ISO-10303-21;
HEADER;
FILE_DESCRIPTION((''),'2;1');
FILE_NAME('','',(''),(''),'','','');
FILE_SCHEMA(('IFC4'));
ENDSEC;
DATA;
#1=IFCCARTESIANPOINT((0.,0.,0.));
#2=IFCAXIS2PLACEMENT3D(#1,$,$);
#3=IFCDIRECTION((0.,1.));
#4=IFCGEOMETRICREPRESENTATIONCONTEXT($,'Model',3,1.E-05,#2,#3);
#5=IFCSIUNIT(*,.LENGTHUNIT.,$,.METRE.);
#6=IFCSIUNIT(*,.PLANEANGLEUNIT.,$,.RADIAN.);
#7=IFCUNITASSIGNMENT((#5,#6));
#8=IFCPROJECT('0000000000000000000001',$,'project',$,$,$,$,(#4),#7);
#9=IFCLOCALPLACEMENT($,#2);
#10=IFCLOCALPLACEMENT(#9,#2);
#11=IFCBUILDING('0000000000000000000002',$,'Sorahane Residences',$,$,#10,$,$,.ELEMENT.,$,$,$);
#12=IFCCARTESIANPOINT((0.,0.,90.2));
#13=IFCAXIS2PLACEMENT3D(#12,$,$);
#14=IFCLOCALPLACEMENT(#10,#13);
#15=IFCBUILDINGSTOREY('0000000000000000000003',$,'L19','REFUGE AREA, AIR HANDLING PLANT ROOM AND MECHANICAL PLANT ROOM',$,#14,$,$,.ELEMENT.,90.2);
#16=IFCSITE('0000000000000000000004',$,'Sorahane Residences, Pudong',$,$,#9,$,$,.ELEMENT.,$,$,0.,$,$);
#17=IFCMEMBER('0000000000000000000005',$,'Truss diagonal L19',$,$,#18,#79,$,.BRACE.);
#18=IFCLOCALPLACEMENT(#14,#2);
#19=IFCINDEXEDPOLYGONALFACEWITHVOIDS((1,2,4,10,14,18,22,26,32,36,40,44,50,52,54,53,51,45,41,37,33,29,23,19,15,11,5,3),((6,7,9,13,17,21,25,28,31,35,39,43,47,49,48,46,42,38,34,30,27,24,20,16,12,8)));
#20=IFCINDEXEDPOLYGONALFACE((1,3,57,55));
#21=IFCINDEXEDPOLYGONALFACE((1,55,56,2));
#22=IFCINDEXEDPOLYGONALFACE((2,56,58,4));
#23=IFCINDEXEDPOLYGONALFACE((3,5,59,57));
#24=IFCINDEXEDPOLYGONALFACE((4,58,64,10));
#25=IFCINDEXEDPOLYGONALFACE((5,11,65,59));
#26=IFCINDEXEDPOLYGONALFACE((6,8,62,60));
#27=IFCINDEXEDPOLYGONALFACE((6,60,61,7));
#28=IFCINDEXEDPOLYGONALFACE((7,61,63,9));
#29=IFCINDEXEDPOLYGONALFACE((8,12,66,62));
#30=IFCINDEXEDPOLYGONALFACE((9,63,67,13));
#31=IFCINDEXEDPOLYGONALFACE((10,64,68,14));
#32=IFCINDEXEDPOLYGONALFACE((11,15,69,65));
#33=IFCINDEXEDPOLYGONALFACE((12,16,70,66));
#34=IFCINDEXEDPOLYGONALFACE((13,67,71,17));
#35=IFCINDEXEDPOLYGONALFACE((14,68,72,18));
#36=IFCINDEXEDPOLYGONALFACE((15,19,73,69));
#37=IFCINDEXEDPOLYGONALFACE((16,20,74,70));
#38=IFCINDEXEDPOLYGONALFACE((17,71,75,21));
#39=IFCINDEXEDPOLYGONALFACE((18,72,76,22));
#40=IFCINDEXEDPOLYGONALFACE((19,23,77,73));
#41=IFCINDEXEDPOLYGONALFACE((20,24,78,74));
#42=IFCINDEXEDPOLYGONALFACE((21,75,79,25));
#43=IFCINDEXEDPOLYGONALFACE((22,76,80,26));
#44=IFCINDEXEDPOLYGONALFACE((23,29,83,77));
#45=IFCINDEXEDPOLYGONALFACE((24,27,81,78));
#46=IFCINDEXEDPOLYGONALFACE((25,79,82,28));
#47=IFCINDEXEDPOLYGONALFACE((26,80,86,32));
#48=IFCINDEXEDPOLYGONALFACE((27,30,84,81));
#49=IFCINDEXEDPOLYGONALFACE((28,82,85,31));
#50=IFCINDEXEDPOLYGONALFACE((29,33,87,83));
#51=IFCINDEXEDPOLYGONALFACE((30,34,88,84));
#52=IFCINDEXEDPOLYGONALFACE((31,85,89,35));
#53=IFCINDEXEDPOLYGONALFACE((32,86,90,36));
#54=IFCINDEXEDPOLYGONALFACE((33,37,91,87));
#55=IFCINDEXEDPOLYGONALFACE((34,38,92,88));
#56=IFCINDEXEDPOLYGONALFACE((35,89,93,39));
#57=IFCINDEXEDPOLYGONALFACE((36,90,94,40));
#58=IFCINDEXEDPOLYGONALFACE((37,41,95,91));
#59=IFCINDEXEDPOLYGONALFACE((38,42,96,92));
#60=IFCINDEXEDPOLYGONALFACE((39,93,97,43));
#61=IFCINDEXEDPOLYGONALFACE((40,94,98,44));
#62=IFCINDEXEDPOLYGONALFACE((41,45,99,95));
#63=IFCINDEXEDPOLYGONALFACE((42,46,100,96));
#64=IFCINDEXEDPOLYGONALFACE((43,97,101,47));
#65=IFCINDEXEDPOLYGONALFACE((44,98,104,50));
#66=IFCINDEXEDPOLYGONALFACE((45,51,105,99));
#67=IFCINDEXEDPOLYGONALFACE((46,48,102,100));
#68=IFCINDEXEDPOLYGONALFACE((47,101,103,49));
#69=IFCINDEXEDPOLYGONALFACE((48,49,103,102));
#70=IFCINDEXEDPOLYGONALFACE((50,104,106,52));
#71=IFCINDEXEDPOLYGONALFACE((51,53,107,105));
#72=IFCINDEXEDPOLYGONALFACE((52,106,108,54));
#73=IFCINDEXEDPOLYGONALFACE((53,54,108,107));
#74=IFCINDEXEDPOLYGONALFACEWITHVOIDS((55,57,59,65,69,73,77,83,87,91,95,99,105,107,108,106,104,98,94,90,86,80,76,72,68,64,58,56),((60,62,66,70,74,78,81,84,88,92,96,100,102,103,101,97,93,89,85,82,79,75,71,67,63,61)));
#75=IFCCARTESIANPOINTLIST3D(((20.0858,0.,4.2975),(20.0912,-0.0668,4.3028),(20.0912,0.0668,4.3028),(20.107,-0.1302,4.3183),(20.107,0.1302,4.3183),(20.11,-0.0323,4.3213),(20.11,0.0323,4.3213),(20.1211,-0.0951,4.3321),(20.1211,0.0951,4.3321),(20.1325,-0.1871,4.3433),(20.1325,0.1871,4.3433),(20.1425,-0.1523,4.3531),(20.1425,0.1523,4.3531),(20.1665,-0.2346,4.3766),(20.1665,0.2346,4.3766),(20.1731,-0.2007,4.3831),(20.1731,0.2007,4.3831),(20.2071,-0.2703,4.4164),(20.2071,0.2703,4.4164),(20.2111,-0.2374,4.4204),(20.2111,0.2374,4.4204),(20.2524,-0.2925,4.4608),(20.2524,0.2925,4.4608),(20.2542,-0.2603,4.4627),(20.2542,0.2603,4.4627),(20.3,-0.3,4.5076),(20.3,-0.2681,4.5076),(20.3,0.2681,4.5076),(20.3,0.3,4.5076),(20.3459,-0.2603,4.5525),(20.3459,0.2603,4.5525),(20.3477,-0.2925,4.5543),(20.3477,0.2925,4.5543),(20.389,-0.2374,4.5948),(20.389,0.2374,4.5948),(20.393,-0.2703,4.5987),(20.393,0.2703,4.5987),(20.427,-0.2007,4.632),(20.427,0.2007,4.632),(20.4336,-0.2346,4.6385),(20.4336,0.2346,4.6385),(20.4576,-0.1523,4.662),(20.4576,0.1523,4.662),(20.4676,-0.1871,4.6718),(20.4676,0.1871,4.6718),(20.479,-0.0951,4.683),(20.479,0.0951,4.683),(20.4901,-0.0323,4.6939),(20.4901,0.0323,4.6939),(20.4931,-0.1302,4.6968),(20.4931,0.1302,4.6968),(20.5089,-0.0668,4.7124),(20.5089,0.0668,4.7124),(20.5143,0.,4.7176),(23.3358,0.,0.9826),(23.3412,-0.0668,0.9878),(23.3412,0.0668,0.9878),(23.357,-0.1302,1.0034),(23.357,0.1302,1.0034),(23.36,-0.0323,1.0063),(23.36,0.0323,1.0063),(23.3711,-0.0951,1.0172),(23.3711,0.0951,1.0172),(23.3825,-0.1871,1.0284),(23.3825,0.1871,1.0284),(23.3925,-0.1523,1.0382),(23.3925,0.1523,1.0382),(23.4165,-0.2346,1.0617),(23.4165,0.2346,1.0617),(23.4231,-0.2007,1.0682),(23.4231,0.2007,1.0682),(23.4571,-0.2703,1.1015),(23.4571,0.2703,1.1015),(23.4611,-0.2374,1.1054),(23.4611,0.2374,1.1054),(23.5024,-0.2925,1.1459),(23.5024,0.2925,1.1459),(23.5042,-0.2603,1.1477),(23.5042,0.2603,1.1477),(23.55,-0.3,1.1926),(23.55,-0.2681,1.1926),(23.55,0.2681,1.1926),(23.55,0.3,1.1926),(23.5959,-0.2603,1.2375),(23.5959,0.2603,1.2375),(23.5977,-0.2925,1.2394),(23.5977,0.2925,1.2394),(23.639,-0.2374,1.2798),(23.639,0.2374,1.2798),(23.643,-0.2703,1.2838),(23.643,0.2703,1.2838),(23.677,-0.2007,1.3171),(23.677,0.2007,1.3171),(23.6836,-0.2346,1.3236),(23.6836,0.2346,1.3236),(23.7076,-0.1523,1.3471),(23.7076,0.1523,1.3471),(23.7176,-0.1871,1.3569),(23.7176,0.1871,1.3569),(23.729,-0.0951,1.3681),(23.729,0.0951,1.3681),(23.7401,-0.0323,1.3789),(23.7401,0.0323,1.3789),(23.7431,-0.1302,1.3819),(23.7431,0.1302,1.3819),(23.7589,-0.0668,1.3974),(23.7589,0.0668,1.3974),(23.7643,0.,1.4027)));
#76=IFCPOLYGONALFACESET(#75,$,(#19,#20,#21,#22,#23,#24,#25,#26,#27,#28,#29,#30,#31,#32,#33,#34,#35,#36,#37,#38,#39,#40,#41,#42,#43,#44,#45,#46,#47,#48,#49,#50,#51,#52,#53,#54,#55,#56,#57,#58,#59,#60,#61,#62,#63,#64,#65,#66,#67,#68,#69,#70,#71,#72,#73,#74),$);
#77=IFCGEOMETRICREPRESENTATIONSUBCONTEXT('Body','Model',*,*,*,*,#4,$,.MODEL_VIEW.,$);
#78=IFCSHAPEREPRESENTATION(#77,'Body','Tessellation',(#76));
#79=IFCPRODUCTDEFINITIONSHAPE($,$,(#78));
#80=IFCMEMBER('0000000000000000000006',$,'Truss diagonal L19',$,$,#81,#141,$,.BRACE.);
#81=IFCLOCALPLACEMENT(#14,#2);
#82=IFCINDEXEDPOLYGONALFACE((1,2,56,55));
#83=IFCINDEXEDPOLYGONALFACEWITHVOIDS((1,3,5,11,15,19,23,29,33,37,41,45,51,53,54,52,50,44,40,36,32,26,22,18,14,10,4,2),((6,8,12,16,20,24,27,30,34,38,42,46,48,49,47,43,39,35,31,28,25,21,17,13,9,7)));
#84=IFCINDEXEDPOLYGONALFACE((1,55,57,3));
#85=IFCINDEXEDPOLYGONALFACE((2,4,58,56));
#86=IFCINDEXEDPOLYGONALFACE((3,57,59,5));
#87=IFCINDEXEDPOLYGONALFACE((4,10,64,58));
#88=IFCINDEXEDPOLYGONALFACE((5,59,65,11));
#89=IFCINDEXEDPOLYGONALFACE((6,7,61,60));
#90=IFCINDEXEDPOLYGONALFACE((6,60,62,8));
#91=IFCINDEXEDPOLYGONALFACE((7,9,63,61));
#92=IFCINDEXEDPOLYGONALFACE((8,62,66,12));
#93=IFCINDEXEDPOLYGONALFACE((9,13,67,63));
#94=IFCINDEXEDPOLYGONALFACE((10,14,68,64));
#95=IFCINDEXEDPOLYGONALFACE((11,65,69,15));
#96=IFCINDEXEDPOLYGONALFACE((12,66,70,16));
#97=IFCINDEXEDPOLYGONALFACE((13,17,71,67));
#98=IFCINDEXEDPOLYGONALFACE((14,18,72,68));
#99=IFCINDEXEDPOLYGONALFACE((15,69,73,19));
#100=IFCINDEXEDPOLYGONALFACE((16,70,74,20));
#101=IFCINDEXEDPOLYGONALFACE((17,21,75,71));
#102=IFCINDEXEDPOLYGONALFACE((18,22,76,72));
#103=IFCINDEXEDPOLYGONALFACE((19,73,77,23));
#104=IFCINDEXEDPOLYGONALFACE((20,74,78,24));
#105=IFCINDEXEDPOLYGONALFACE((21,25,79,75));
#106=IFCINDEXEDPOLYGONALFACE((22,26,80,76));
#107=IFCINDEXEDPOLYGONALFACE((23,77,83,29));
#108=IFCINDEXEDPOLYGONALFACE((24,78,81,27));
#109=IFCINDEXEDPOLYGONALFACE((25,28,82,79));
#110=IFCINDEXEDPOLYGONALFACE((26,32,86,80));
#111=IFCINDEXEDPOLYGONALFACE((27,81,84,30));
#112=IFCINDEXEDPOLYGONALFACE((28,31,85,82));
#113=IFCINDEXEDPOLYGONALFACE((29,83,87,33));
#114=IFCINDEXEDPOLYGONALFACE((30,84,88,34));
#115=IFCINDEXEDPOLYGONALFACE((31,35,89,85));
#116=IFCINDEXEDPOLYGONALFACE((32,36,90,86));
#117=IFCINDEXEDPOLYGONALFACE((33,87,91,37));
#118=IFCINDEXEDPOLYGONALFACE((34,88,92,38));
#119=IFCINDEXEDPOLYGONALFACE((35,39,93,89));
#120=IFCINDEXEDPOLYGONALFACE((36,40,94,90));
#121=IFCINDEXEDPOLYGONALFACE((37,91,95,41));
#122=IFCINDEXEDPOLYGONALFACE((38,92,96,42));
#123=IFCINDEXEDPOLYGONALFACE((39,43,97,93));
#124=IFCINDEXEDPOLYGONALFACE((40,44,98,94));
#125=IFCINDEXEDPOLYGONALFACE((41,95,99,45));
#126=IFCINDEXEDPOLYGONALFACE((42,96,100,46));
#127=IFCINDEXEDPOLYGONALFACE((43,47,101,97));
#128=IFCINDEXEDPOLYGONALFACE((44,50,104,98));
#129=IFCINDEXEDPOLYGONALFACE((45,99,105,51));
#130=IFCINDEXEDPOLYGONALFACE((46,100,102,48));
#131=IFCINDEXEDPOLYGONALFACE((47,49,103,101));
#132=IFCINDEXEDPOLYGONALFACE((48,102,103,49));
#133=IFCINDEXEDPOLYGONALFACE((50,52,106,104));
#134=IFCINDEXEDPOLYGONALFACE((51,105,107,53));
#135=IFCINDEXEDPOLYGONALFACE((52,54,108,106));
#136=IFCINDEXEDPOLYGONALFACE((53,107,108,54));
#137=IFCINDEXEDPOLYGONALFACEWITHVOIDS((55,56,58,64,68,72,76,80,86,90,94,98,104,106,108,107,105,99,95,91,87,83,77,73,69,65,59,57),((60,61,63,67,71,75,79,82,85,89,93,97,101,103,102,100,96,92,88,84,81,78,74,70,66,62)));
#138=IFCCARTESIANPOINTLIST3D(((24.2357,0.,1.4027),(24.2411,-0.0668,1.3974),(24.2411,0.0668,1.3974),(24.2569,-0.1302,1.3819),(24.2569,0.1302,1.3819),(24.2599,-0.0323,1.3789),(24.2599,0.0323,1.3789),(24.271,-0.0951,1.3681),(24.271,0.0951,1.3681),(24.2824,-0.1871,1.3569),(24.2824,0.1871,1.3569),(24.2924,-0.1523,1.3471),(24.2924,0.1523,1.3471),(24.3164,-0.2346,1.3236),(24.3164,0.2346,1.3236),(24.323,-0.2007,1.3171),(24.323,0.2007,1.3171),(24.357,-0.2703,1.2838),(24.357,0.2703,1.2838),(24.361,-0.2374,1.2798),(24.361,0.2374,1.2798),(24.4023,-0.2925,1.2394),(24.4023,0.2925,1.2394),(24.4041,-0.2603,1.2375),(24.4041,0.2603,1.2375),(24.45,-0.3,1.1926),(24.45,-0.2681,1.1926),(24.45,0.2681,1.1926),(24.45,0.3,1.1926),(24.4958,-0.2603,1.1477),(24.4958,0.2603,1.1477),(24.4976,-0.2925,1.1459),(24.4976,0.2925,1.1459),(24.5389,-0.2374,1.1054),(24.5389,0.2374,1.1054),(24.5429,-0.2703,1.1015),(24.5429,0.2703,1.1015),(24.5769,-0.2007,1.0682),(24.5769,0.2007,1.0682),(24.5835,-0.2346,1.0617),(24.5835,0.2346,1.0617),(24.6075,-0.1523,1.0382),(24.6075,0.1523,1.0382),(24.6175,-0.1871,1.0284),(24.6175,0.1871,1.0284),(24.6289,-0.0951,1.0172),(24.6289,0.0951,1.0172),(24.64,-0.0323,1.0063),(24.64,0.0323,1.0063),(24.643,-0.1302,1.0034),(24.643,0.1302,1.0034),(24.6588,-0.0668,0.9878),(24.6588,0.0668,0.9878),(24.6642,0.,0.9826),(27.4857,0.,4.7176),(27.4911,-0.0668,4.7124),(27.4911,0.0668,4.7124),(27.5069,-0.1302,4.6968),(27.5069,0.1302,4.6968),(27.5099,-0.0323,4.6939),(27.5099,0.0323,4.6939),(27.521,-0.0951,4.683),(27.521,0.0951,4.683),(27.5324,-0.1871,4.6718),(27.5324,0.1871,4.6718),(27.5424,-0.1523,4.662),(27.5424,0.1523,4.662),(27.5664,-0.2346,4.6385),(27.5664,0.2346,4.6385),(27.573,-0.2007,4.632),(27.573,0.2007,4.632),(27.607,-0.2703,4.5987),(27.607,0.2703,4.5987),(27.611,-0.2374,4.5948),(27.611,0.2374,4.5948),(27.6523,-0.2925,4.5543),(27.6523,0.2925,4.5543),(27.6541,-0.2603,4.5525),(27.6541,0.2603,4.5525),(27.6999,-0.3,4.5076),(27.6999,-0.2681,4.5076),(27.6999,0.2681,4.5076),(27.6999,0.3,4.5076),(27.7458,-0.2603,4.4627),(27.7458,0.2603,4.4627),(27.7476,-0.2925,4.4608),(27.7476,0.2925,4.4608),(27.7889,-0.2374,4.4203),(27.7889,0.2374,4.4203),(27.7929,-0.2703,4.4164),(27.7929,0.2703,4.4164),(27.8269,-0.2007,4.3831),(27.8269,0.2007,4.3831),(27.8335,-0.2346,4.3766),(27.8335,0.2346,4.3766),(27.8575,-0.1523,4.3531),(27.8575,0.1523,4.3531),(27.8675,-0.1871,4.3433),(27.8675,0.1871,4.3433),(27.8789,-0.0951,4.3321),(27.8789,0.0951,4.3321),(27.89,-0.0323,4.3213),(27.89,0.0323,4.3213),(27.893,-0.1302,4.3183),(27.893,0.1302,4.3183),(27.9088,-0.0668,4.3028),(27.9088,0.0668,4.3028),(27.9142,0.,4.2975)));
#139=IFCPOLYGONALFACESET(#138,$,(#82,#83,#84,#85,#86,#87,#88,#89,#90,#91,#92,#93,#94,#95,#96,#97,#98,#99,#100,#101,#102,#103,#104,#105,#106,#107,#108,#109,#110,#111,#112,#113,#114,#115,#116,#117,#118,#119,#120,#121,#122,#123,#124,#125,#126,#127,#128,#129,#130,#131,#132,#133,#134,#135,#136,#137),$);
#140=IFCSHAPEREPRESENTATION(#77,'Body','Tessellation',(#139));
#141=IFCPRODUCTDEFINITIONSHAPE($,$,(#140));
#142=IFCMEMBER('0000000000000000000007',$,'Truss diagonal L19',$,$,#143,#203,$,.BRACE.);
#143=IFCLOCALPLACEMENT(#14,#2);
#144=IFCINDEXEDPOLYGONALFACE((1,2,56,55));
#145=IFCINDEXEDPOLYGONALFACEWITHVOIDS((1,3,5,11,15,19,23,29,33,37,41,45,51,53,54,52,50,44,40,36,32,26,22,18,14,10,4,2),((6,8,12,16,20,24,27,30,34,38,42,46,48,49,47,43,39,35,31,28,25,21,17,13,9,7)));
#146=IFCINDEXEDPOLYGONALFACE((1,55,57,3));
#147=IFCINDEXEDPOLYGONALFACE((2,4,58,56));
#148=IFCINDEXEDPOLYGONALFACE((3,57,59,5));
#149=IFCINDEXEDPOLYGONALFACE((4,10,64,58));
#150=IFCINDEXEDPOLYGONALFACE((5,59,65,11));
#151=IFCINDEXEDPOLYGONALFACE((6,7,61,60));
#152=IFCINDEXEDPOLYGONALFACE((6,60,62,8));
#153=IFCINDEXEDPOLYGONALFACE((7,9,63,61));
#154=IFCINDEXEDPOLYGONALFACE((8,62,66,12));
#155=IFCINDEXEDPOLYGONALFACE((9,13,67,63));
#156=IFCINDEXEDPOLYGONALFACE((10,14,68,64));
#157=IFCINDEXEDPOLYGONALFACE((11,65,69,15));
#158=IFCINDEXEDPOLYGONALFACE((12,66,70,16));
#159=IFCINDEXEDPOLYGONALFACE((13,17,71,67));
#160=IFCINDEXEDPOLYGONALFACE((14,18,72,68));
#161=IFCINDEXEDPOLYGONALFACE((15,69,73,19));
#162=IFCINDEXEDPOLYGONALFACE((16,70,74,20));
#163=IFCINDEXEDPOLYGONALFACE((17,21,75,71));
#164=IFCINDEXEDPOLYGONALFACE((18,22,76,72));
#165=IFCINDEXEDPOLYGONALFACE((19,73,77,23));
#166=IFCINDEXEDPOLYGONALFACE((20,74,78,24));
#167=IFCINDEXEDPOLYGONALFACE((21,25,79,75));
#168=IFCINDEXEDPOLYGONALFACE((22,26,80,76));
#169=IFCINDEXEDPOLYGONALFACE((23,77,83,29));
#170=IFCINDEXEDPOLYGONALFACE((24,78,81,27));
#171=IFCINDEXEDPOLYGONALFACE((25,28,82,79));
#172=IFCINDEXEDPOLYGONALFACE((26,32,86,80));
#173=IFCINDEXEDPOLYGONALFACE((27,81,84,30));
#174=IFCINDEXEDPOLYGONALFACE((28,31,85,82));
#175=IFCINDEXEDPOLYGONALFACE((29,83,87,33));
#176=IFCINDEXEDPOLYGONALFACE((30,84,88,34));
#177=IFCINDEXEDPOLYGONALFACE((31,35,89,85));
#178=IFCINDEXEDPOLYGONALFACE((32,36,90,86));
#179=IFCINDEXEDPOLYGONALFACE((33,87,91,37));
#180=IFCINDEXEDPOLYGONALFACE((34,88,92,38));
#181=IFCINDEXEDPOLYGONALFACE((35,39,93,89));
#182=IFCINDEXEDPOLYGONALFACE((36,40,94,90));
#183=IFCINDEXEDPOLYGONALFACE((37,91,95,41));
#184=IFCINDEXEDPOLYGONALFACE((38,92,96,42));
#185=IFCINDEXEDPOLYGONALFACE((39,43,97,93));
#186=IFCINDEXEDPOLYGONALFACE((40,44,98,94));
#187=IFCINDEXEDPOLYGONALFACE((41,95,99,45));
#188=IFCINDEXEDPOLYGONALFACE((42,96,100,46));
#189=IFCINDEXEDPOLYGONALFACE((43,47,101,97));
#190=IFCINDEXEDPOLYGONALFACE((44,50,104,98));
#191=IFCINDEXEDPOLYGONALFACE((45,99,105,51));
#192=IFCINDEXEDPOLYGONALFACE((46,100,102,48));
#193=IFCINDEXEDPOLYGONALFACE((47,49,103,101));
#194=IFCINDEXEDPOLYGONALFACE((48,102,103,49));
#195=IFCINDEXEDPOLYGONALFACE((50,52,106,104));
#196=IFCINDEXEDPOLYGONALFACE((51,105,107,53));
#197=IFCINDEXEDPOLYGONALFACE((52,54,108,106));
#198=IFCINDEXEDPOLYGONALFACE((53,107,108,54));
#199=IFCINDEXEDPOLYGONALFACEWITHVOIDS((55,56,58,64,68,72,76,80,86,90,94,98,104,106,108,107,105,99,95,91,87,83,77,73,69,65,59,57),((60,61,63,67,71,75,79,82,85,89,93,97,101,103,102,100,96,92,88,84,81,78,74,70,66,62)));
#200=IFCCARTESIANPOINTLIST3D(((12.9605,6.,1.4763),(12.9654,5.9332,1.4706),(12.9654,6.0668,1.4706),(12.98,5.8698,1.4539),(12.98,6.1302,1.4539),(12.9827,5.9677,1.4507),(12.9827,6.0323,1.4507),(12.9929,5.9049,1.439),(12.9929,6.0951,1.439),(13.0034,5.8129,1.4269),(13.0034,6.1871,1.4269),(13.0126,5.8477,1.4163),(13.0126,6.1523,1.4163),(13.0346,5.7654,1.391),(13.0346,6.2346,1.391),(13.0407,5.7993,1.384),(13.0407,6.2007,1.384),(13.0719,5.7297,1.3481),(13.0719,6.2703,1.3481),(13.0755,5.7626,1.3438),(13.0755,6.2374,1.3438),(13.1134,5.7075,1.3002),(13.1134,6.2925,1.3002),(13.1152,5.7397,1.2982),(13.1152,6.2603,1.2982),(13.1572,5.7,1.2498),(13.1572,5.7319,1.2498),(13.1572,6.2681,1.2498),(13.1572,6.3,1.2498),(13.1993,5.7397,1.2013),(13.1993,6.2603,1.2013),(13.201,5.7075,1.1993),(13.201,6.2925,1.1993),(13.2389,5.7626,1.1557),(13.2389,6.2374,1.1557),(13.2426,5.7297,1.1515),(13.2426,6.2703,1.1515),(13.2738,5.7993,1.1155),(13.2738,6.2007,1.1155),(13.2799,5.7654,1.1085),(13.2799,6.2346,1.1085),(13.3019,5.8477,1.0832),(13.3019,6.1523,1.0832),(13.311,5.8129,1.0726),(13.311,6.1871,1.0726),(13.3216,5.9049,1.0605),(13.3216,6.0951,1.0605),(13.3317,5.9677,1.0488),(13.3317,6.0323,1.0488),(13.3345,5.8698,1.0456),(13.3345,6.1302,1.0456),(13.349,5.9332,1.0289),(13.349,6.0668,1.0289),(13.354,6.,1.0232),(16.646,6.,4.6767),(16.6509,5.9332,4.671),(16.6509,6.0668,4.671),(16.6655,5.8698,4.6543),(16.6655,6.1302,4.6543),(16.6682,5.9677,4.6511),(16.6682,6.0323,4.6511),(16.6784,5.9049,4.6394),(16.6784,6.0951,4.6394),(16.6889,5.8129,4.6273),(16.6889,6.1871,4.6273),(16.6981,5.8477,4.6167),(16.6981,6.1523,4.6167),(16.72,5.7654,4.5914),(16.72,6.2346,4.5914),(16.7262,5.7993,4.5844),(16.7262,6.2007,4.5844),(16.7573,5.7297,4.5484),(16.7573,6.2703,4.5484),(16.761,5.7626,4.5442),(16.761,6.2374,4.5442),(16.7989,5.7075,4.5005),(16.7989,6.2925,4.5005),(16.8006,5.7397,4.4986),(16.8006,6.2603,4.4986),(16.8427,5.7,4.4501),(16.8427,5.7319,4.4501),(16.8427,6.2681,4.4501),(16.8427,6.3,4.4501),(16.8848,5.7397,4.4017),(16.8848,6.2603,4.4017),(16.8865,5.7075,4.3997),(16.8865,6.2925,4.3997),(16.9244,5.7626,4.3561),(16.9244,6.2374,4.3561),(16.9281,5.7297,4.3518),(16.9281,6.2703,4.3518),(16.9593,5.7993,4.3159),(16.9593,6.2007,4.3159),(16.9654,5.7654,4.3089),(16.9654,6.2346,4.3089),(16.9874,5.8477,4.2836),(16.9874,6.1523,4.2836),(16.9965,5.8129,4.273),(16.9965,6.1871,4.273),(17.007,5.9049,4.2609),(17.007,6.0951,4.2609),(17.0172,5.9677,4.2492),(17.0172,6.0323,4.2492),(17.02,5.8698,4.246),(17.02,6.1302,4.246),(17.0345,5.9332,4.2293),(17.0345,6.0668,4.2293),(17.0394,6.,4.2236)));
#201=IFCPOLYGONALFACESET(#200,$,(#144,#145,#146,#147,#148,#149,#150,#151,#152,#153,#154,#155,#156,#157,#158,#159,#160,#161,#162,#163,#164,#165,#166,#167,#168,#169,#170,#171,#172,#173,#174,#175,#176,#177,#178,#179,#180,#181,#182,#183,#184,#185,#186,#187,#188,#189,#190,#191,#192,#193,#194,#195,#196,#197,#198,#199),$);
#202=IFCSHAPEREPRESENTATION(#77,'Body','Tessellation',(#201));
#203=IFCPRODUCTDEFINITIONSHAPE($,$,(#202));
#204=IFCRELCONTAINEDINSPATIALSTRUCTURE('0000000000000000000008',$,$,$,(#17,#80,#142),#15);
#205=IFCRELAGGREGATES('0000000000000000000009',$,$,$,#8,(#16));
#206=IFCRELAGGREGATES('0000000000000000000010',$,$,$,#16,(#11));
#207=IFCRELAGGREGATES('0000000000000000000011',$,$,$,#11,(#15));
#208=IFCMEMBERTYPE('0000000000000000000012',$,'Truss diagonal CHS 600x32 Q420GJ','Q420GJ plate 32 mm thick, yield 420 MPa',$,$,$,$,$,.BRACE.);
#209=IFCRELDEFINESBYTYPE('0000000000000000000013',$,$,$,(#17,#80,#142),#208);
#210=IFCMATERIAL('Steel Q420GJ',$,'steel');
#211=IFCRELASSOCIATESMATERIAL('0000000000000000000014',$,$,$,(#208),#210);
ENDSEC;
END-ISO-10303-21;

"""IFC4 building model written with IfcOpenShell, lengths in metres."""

from ifc_helpers import new_model, si_unit, direction, frame, origin, origin_2d, place, context, subcontext, project, spatial, hollow_circle, extrude, material, material_profile, profile_set, type_object, element, save


model = new_model("IFC4")

# Units and contexts
model_context = context("Model", 3, precision=1e-05, world=origin(), true_north=direction((0.0, 1.0)))
body_context = subcontext(model_context, "Body", "Model", "MODEL_VIEW")
ifc_project = project(units=[si_unit("LENGTHUNIT", "METRE"), si_unit("PLANEANGLEUNIT", "RADIAN")], contexts=[model_context])

# Site, building, storey
site_placement = place(None, origin())
site = spatial("IfcSite", under=ifc_project, at=site_placement, Name="Sorahane Residences, Pudong", CompositionType="ELEMENT", RefElevation=0.0)
building_placement = place(site_placement, origin())
building = spatial("IfcBuilding", under=site, at=building_placement, Name="Sorahane Residences", CompositionType="ELEMENT")
storey_placement = place(building_placement, frame((0.0, 0.0, 90.2)))
storey = spatial("IfcBuildingStorey", under=building, at=storey_placement, Name="L19", Description="REFUGE AREA, AIR HANDLING PLANT ROOM AND MECHANICAL PLANT ROOM", CompositionType="ELEMENT", Elevation=90.2)

# Members
ifc_material_1 = material(Name="Steel Q420GJ", Category="steel")
ifc_material_profile_1 = material_profile(ifc_material_1, hollow_circle(Radius=0.3, WallThickness=0.032, at=origin_2d()), Name="CHS 600x32")
ifc_profile_set_1 = profile_set([ifc_material_profile_1], Name="Steel Q420GJ")
member_type = type_object("IfcMemberType", Name="Truss diagonal CHS 600x32 Q420GJ", Description="Q420GJ plate 32 mm thick, yield 420 MPa", PredefinedType="BRACE", material=ifc_profile_set_1)
for number, where, z_axis, x_axis, name in (
    (1, (20.3, 0.0, 4.5076), (0.700078, 0.0, -0.714067), (0.0, 1.0, 0.0), "Truss diagonal L19"),
    (2, (24.45, 0.0, 1.1926), (0.700078, 0.0, 0.714067), (0.0, 1.0, 0.0), "Truss diagonal L19"),
):
    element("IfcMember", number, at=place(storey_placement, frame(where, z_axis=z_axis, x_axis=x_axis)), inside=storey, type_object=member_type, Name=name, PredefinedType="BRACE", context=body_context, shape_type="SweptSolid", body=[
        extrude(hollow_circle(Radius=0.3, WallThickness=0.032, at=origin_2d()), origin(), (0.0, 0.0, 1.0), 4.6423),
    ])
member_1_placement = place(storey_placement, frame((13.1572, 6.0, 1.2498), z_axis=(0.75505, 0.0, 0.655667), x_axis=(0.0, 1.0, 0.0)))
element("IfcMember", 3, at=member_1_placement, inside=storey, type_object=member_type, Name="Truss diagonal L19", PredefinedType="BRACE", context=body_context, shape_type="SweptSolid", body=[
    extrude(hollow_circle(Radius=0.3, WallThickness=0.032, at=origin_2d()), origin(), (0.0, 0.0, 1.0), 4.8811),
])

save(model, "model.ifc")
